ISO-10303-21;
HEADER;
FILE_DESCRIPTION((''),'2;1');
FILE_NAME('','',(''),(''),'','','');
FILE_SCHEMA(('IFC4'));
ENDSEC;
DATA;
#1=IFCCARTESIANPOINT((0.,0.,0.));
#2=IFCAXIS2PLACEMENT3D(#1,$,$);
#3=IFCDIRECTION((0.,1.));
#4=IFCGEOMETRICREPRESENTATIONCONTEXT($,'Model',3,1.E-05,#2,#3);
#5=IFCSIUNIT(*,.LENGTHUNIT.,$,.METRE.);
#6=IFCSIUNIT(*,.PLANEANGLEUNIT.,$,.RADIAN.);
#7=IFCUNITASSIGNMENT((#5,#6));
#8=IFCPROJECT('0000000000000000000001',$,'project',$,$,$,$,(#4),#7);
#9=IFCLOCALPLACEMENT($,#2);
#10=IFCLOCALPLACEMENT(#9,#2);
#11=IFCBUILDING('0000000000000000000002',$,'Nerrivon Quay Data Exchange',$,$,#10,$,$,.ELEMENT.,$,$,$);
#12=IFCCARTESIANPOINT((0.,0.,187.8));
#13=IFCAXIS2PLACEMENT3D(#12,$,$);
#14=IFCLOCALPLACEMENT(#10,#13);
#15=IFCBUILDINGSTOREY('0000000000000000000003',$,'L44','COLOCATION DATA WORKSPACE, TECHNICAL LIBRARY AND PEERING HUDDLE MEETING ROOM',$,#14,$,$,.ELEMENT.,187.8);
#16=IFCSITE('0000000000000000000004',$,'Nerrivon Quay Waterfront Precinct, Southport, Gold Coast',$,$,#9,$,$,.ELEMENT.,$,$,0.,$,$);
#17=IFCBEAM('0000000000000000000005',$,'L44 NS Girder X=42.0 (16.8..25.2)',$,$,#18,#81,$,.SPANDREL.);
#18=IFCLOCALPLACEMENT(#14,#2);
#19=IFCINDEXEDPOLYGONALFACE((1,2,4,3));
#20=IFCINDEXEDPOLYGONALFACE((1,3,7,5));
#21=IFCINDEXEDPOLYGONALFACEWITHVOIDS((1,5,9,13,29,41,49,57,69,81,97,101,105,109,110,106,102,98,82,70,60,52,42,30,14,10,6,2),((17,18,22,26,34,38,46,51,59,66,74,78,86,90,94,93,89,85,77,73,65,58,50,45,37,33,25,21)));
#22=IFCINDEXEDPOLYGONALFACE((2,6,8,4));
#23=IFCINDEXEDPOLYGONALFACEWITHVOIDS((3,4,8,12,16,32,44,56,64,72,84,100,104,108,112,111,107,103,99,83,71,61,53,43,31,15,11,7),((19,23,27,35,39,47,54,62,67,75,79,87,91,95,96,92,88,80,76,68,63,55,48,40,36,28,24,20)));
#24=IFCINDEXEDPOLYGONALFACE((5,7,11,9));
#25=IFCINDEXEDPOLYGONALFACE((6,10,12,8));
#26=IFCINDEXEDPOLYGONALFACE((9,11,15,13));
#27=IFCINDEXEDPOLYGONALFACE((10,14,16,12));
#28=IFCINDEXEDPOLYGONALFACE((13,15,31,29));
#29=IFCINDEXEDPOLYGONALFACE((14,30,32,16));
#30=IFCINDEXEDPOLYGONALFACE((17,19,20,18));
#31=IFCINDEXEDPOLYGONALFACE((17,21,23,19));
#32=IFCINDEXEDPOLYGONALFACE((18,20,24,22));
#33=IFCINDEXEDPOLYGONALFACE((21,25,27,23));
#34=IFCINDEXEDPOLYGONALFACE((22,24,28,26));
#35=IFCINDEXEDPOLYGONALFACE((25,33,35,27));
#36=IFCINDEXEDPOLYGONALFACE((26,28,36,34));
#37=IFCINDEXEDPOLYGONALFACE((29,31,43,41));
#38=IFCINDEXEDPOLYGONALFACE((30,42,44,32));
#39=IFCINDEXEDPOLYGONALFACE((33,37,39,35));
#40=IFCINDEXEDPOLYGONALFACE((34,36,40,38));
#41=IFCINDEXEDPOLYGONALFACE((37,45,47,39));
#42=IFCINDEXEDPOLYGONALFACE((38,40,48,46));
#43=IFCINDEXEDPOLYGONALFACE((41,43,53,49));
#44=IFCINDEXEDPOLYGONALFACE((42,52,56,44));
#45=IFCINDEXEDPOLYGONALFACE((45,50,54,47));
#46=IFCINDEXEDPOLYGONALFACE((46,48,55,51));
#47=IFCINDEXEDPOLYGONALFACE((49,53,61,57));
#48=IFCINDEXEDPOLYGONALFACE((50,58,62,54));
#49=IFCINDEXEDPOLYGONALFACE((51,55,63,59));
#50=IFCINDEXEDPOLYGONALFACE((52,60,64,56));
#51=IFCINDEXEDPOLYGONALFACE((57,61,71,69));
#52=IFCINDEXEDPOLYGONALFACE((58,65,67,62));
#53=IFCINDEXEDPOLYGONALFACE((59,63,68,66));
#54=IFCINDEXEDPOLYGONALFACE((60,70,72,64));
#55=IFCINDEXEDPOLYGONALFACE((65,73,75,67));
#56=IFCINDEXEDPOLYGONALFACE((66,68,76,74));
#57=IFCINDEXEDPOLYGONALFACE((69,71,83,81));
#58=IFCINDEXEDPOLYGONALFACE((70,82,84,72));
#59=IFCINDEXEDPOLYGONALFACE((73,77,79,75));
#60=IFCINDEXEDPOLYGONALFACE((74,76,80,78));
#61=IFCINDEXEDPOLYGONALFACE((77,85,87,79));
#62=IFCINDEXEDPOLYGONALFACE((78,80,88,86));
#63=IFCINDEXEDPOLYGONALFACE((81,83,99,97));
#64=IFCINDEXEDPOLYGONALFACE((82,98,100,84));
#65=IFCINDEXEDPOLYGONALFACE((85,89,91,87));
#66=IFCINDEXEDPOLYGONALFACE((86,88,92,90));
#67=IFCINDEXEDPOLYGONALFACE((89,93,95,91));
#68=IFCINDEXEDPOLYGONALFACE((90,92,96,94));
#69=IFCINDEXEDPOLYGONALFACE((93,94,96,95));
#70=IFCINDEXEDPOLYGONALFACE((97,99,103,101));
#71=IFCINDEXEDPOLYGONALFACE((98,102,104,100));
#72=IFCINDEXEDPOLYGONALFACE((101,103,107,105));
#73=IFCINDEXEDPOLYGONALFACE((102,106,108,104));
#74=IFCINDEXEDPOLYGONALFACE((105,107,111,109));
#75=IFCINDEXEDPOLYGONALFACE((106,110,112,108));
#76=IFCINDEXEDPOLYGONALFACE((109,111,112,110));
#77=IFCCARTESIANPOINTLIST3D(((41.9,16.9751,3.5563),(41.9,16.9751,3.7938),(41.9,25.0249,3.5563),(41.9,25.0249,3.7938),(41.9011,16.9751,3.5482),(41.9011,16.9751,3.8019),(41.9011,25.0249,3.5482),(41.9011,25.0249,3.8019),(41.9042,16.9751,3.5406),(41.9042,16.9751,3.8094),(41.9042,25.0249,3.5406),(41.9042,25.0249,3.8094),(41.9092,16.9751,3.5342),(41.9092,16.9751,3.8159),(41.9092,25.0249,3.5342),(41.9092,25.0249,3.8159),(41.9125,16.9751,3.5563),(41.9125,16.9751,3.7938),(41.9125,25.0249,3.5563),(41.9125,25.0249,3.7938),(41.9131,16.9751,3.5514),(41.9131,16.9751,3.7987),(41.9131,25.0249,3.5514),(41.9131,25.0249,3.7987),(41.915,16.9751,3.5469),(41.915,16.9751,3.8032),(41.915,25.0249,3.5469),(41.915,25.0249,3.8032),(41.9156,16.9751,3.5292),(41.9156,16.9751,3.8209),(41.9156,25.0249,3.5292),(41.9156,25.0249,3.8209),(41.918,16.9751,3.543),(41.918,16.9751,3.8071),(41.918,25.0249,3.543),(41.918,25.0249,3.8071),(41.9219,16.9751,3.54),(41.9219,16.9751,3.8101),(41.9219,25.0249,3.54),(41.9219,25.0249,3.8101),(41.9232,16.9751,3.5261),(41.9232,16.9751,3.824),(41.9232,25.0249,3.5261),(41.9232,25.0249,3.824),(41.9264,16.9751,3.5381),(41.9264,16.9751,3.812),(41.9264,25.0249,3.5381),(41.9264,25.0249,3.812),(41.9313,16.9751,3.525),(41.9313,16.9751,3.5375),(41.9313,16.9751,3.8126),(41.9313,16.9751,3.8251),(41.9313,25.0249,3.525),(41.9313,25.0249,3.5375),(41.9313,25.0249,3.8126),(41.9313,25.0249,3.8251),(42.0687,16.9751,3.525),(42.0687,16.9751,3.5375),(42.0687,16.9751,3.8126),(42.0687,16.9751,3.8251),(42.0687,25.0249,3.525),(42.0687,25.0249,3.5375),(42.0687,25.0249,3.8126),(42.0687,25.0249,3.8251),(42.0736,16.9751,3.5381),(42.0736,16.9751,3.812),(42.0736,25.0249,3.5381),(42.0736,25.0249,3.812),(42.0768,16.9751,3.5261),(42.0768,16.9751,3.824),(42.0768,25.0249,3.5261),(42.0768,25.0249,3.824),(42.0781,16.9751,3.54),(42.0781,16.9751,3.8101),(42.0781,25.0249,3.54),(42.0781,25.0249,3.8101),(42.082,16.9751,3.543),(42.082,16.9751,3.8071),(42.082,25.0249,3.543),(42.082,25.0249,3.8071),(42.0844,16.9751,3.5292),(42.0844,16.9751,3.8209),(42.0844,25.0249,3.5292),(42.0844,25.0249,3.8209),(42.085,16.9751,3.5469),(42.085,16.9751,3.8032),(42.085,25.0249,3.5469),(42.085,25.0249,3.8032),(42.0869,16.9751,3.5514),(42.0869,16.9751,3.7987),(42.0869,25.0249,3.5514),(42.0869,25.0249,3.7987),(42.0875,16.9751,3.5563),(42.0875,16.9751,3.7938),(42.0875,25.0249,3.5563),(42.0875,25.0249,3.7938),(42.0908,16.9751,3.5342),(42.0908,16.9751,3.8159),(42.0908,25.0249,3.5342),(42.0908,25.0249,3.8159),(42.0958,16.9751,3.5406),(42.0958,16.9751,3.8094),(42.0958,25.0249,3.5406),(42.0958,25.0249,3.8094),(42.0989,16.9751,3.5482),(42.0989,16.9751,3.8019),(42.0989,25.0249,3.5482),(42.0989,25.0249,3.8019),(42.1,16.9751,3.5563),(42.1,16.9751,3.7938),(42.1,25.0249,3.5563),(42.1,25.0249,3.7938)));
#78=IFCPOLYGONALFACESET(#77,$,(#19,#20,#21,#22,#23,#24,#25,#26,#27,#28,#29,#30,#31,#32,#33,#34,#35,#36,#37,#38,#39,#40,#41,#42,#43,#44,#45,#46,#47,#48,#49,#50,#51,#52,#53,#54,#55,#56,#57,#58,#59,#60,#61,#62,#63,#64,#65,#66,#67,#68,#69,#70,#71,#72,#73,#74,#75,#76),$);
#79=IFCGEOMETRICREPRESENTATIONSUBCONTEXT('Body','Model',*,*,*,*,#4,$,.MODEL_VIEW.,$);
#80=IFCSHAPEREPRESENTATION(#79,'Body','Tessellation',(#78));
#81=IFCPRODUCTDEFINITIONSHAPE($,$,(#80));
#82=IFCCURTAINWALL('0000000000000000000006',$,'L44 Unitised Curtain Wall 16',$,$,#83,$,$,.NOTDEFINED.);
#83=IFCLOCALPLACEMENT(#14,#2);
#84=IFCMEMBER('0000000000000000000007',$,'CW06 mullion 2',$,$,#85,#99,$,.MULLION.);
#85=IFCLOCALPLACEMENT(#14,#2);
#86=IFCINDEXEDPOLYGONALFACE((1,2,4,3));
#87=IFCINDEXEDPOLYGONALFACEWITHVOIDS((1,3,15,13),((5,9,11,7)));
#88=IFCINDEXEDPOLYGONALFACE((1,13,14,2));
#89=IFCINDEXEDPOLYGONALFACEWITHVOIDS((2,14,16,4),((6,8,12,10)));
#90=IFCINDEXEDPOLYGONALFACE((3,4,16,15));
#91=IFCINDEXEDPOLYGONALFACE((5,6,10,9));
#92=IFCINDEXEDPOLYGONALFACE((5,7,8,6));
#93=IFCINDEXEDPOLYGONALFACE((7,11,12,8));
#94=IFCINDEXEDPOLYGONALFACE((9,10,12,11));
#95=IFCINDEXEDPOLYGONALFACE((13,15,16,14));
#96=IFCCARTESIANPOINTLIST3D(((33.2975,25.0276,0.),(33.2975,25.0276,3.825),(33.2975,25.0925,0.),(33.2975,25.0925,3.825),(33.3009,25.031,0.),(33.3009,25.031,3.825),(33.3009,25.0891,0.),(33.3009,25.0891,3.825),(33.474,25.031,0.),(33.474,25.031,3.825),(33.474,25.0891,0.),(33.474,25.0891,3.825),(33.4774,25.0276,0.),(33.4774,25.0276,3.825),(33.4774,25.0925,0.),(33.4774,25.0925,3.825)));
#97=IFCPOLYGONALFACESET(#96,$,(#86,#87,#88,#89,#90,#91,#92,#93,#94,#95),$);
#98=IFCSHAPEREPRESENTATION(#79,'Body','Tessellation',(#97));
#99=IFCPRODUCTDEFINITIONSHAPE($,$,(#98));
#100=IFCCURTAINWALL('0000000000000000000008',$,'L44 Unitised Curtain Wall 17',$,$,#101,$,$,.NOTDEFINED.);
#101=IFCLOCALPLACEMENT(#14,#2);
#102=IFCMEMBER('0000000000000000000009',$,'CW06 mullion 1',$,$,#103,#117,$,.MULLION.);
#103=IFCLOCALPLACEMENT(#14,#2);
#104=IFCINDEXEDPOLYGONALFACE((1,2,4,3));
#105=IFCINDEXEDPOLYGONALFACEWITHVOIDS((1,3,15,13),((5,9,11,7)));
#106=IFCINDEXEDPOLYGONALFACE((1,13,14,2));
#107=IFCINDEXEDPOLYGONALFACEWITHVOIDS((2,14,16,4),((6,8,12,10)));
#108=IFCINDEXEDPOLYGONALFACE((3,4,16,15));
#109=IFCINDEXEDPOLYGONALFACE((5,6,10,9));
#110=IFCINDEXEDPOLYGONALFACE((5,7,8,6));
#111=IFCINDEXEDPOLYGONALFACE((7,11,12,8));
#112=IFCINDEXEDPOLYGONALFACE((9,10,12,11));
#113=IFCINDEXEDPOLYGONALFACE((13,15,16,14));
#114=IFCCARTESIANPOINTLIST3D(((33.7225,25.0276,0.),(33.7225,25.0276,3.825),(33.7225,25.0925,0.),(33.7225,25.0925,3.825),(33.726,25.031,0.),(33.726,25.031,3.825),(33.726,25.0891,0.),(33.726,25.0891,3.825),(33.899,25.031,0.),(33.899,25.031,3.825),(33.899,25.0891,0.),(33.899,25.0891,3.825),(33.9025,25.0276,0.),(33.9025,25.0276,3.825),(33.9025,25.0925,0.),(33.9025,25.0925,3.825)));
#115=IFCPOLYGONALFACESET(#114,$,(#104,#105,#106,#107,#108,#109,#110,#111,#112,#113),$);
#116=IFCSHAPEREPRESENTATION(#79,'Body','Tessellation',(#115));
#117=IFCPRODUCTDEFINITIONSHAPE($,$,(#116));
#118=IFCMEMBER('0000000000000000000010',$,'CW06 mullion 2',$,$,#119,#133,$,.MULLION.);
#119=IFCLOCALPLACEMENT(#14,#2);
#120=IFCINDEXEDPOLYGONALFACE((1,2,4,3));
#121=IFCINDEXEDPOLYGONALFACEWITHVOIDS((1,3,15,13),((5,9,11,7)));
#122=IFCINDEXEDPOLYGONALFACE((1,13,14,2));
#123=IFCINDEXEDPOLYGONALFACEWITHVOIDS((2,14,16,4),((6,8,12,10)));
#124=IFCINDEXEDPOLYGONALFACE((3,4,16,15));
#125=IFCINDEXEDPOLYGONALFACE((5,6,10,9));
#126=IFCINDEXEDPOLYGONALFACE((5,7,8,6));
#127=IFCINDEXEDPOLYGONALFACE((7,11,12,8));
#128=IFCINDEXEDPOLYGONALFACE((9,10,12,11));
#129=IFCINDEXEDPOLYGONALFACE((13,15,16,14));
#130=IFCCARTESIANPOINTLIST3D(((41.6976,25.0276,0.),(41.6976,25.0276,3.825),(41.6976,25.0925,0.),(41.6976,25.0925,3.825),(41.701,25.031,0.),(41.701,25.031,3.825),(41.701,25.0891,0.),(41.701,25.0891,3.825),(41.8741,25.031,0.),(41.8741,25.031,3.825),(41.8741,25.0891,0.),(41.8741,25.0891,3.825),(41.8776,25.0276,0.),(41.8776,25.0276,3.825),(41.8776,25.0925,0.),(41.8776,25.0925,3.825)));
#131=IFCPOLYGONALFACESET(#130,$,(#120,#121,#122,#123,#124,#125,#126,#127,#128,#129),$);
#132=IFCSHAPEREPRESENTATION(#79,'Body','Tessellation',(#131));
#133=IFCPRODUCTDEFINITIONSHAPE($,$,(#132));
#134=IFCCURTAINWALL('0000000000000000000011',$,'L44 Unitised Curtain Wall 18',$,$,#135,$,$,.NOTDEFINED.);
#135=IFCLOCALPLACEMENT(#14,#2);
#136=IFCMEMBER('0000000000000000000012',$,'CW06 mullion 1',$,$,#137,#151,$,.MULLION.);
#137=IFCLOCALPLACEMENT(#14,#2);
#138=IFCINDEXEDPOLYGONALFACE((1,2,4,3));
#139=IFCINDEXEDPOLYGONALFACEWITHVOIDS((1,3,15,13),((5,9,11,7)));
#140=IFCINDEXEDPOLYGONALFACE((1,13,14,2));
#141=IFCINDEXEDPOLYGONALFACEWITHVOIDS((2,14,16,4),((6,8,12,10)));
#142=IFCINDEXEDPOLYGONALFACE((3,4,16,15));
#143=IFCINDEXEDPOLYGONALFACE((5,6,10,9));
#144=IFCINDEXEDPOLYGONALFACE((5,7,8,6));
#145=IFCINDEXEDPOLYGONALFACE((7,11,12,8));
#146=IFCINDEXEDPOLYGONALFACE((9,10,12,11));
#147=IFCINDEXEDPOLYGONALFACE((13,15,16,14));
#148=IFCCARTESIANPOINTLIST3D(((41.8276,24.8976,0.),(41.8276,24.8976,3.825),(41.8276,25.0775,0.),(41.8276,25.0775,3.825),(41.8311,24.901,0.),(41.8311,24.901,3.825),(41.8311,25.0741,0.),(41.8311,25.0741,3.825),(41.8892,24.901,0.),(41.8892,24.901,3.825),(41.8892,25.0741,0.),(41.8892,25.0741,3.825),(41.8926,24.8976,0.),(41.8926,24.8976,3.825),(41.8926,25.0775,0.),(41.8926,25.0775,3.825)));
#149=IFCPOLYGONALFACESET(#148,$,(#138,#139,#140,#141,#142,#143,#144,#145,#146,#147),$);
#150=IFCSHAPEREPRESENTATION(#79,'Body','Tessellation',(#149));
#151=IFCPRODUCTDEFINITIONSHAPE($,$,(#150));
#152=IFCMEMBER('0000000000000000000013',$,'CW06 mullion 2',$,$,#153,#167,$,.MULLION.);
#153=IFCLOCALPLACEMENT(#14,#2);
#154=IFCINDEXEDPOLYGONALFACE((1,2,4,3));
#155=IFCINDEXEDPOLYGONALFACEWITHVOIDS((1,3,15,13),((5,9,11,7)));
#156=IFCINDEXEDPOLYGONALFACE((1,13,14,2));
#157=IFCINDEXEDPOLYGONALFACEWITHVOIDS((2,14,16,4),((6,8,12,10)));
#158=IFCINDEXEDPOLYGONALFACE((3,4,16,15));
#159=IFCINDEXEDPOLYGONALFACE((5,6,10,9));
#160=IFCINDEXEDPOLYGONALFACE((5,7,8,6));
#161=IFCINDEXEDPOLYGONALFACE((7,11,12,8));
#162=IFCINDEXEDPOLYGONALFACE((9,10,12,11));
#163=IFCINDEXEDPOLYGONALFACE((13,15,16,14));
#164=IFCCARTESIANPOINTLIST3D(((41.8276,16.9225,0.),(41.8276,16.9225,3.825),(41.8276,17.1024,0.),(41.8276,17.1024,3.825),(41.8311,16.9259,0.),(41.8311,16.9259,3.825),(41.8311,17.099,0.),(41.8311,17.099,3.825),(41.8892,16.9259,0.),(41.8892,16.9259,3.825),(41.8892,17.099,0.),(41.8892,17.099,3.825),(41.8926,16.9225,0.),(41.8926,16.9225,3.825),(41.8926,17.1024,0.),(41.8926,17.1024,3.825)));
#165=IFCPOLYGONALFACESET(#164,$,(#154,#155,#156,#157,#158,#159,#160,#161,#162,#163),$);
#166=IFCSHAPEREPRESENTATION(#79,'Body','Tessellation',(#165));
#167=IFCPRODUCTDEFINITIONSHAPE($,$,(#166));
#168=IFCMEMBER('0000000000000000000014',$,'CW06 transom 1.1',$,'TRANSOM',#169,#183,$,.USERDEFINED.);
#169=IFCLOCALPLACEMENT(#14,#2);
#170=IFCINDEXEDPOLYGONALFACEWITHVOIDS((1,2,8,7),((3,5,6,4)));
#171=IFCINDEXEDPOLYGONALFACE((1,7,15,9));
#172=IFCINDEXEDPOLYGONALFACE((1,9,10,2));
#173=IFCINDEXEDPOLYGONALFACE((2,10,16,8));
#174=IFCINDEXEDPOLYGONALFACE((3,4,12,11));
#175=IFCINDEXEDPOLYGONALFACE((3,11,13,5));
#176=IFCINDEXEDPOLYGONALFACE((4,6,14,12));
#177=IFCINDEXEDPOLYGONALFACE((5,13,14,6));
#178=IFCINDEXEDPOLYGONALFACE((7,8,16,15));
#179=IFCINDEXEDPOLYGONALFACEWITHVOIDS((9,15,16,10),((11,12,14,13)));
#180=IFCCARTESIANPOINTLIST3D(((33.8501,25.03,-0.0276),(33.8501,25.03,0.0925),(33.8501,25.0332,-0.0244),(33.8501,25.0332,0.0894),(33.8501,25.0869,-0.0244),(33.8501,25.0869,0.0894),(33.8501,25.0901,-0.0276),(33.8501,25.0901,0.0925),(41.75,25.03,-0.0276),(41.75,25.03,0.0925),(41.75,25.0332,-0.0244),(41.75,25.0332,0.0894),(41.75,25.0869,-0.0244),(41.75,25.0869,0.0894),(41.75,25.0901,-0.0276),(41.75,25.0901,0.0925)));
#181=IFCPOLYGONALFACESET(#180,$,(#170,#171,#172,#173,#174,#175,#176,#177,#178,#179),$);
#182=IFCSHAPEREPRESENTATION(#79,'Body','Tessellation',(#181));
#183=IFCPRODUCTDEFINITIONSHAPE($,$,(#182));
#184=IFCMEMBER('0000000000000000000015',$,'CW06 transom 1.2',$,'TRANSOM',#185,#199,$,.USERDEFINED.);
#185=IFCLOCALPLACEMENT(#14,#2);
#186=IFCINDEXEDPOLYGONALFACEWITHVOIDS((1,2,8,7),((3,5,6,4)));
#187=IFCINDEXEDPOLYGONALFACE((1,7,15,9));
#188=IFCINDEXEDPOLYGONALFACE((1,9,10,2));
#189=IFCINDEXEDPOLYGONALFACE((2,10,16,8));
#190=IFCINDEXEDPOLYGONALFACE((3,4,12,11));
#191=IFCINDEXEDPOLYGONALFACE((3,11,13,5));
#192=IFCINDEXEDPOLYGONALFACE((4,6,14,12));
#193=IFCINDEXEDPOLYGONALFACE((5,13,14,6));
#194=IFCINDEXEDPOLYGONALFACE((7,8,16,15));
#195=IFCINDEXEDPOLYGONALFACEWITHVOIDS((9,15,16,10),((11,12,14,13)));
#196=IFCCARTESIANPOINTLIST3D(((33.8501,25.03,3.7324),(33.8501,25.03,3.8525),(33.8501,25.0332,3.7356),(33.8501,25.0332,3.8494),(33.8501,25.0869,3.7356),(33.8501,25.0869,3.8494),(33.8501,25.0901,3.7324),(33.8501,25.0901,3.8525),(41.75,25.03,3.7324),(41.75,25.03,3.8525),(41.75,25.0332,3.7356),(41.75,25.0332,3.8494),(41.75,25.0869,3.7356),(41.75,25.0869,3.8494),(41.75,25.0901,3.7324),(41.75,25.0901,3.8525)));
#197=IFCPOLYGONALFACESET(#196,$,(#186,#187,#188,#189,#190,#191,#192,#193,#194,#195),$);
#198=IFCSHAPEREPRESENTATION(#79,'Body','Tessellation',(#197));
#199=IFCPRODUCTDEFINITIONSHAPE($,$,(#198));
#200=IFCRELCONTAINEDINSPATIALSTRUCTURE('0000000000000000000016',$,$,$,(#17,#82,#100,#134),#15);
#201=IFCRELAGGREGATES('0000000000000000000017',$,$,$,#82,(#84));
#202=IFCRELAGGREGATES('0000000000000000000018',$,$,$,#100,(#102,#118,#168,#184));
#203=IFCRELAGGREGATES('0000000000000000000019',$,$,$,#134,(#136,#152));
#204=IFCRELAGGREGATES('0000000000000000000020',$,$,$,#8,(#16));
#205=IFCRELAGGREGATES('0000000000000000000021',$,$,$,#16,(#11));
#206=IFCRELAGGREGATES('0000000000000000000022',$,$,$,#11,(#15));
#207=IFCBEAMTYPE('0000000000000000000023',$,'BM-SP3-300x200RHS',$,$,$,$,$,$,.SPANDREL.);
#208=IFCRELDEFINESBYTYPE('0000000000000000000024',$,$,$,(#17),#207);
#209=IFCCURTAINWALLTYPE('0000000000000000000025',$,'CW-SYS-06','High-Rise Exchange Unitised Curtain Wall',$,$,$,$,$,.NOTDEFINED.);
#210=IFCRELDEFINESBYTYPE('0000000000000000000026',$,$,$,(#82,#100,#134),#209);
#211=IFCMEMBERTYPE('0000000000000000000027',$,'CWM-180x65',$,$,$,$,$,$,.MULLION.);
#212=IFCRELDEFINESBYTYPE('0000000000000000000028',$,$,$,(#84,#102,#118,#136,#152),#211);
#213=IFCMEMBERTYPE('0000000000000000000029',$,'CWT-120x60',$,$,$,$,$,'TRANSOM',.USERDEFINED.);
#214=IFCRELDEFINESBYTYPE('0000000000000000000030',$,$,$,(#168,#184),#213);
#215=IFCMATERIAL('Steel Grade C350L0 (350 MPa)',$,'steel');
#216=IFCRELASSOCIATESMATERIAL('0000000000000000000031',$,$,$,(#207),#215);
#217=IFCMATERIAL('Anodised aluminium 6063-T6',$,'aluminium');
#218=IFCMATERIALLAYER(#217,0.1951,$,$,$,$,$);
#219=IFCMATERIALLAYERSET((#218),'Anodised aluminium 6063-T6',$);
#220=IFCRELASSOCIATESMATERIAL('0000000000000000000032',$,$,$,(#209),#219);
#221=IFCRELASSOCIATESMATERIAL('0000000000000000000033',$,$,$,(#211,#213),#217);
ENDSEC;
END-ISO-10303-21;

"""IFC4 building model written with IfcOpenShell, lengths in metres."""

from ifc_helpers import new_model, si_unit, direction, frame, origin, origin_2d, place, context, subcontext, project, spatial, hollow_rectangle, extrude, material, layer, layer_set, material_profile, profile_set, type_object, element, aggregate, save


model = new_model("IFC4")

# Units and contexts
model_context = context("Model", 3, precision=1e-05, world=origin(), true_north=direction((0.0, 1.0)))
body_context = subcontext(model_context, "Body", "Model", "MODEL_VIEW")
ifc_project = project(units=[si_unit("LENGTHUNIT", "METRE"), si_unit("PLANEANGLEUNIT", "RADIAN")], contexts=[model_context])

# Site, building, storey
site_placement = place(None, origin())
site = spatial("IfcSite", under=ifc_project, at=site_placement, Name="Nerrivon Quay Waterfront Precinct, Southport, Gold Coast", CompositionType="ELEMENT", RefElevation=0.0)
building_placement = place(site_placement, origin())
building = spatial("IfcBuilding", under=site, at=building_placement, Name="Nerrivon Quay Data Exchange", CompositionType="ELEMENT")
storey_placement = place(building_placement, frame((0.0, 0.0, 187.8)))
storey = spatial("IfcBuildingStorey", under=building, at=storey_placement, Name="L44", Description="COLOCATION DATA WORKSPACE, TECHNICAL LIBRARY AND PEERING HUDDLE MEETING ROOM", CompositionType="ELEMENT", Elevation=187.8)

# Beam
ifc_material_1 = material(Name="Steel Grade C350L0 (350 MPa)", Category="steel")
ifc_material_profile_1 = material_profile(ifc_material_1, hollow_rectangle(XDim=0.2, YDim=0.3, WallThickness=0.0125, InnerFilletRadius=0.0188, OuterFilletRadius=0.0312, at=origin_2d()), Name="300x200x12.5RHS")
ifc_profile_set_1 = profile_set([ifc_material_profile_1], Name="Steel Grade C350L0 (350 MPa)")
beam_type_1 = type_object("IfcBeamType", Name="BM-SP3-300x200RHS", PredefinedType="SPANDREL", material=ifc_profile_set_1)
beam_1_placement = place(storey_placement, frame((42.0, 16.9751, 3.675), z_axis=(0.0, 1.0, 0.0), x_axis=(-1.0, 0.0, 0.0)))
element("IfcBeam", 1, at=beam_1_placement, inside=storey, type_object=beam_type_1, Name="L44 NS Girder X=42.0 (16.8..25.2)", PredefinedType="SPANDREL", context=body_context, shape_type="SweptSolid", body=[
    extrude(hollow_rectangle(XDim=0.2, YDim=0.3, WallThickness=0.0125, InnerFilletRadius=0.0188, OuterFilletRadius=0.0312, at=origin_2d()), origin(), (0.0, 0.0, 1.0), 8.0498),
])

# Curtain wall, member
ifc_material_2 = material(Name="Anodised aluminium 6063-T6", Category="aluminium")
ifc_layer_1 = layer(ifc_material_2, 0.1951)
ifc_layer_set_1 = layer_set([ifc_layer_1], Name="Anodised aluminium 6063-T6")
curtain_wall_type = type_object("IfcCurtainWallType", Name="CW-SYS-06", Description="High-Rise Exchange Unitised Curtain Wall", PredefinedType="NOTDEFINED", material=ifc_layer_set_1)
curtain_wall_1_placement = place(storey_placement, origin())
curtain_wall_1 = element("IfcCurtainWall", 2, at=curtain_wall_1_placement, inside=storey, type_object=curtain_wall_type, Name="L44 Unitised Curtain Wall 16", PredefinedType="NOTDEFINED")
ifc_material_profile_2 = material_profile(ifc_material_2, hollow_rectangle(XDim=0.0649, YDim=0.1799, WallThickness=0.0034, at=origin_2d()), Name="ALU-MULL-180x65")
ifc_profile_set_2 = profile_set([ifc_material_profile_2], Name="Anodised aluminium 6063-T6")
member_type_1 = type_object("IfcMemberType", Name="CWM-180x65", PredefinedType="MULLION", material=ifc_profile_set_2)
member_1_placement = place(storey_placement, frame((33.3875, 25.0601, 0.0), z_axis=(0.0, 0.0, 1.0), x_axis=(0.0, 1.0, 0.0)))
member_1 = element("IfcMember", 3, at=member_1_placement, type_object=member_type_1, Name="CW06 mullion 2", PredefinedType="MULLION", context=body_context, shape_type="SweptSolid", body=[
    extrude(hollow_rectangle(XDim=0.0649, YDim=0.1799, WallThickness=0.0034, at=origin_2d()), origin(), (0.0, 0.0, 1.0), 3.825),
])

# Curtain walls, members
curtain_wall_2_placement = place(storey_placement, origin())
curtain_wall_2 = element("IfcCurtainWall", 4, at=curtain_wall_2_placement, inside=storey, type_object=curtain_wall_type, Name="L44 Unitised Curtain Wall 17", PredefinedType="NOTDEFINED")
member_2_placement = place(storey_placement, frame((33.8125, 25.0601, 0.0), z_axis=(0.0, 0.0, 1.0), x_axis=(0.0, 1.0, 0.0)))
member_2 = element("IfcMember", 5, at=member_2_placement, type_object=member_type_1, Name="CW06 mullion 1", PredefinedType="MULLION", context=body_context, shape_type="SweptSolid", body=[
    extrude(hollow_rectangle(XDim=0.0649, YDim=0.1799, WallThickness=0.0034, at=origin_2d()), origin(), (0.0, 0.0, 1.0), 3.825),
])
member_3_placement = place(storey_placement, frame((41.7876, 25.0601, 0.0), z_axis=(0.0, 0.0, 1.0), x_axis=(0.0, 1.0, 0.0)))
member_3 = element("IfcMember", 6, at=member_3_placement, type_object=member_type_1, Name="CW06 mullion 2", PredefinedType="MULLION", context=body_context, shape_type="SweptSolid", body=[
    extrude(hollow_rectangle(XDim=0.0649, YDim=0.1799, WallThickness=0.0034, at=origin_2d()), origin(), (0.0, 0.0, 1.0), 3.825),
])
curtain_wall_3_placement = place(storey_placement, origin())
curtain_wall_3 = element("IfcCurtainWall", 7, at=curtain_wall_3_placement, inside=storey, type_object=curtain_wall_type, Name="L44 Unitised Curtain Wall 18", PredefinedType="NOTDEFINED")
member_4_placement = place(storey_placement, frame((41.8601, 24.9875, 0.0), z_axis=(0.0, 0.0, 1.0), x_axis=(1.0, 0.0, 0.0)))
member_4 = element("IfcMember", 8, at=member_4_placement, type_object=member_type_1, Name="CW06 mullion 1", PredefinedType="MULLION", context=body_context, shape_type="SweptSolid", body=[
    extrude(hollow_rectangle(XDim=0.0649, YDim=0.1799, WallThickness=0.0034, at=origin_2d()), origin(), (0.0, 0.0, 1.0), 3.825),
])
member_5_placement = place(storey_placement, frame((41.8601, 17.0125, 0.0), z_axis=(0.0, 0.0, 1.0), x_axis=(1.0, 0.0, 0.0)))
member_5 = element("IfcMember", 9, at=member_5_placement, type_object=member_type_1, Name="CW06 mullion 2", PredefinedType="MULLION", context=body_context, shape_type="SweptSolid", body=[
    extrude(hollow_rectangle(XDim=0.0649, YDim=0.1799, WallThickness=0.0034, at=origin_2d()), origin(), (0.0, 0.0, 1.0), 3.825),
])

# Members
ifc_material_profile_3 = material_profile(ifc_material_2, hollow_rectangle(XDim=0.0601, YDim=0.1201, WallThickness=0.0032, at=origin_2d()), Name="ALU-TRAN-120x60")
ifc_profile_set_3 = profile_set([ifc_material_profile_3], Name="Anodised aluminium 6063-T6")
member_type_2 = type_object("IfcMemberType", Name="CWT-120x60", ElementType="TRANSOM", PredefinedType="USERDEFINED", material=ifc_profile_set_3)
member_6_placement = place(storey_placement, frame((33.8501, 25.0601, 0.0325), z_axis=(1.0, 0.0, 0.0), x_axis=(0.0, 1.0, 0.0)))
member_6 = element("IfcMember", 10, at=member_6_placement, type_object=member_type_2, Name="CW06 transom 1.1", ObjectType="TRANSOM", PredefinedType="USERDEFINED", context=body_context, shape_type="SweptSolid", body=[
    extrude(hollow_rectangle(XDim=0.0601, YDim=0.1201, WallThickness=0.0032, at=origin_2d()), origin(), (0.0, 0.0, 1.0), 7.8999),
])
member_7_placement = place(storey_placement, frame((33.8501, 25.0601, 3.7925), z_axis=(1.0, 0.0, 0.0), x_axis=(0.0, 1.0, 0.0)))
member_7 = element("IfcMember", 11, at=member_7_placement, type_object=member_type_2, Name="CW06 transom 1.2", ObjectType="TRANSOM", PredefinedType="USERDEFINED", context=body_context, shape_type="SweptSolid", body=[
    extrude(hollow_rectangle(XDim=0.0601, YDim=0.1201, WallThickness=0.0032, at=origin_2d()), origin(), (0.0, 0.0, 1.0), 7.8999),
])

aggregate(curtain_wall_1, [member_1])
aggregate(curtain_wall_2, [member_2, member_3, member_6, member_7])
aggregate(curtain_wall_3, [member_4, member_5])

save(model, "model.ifc")
